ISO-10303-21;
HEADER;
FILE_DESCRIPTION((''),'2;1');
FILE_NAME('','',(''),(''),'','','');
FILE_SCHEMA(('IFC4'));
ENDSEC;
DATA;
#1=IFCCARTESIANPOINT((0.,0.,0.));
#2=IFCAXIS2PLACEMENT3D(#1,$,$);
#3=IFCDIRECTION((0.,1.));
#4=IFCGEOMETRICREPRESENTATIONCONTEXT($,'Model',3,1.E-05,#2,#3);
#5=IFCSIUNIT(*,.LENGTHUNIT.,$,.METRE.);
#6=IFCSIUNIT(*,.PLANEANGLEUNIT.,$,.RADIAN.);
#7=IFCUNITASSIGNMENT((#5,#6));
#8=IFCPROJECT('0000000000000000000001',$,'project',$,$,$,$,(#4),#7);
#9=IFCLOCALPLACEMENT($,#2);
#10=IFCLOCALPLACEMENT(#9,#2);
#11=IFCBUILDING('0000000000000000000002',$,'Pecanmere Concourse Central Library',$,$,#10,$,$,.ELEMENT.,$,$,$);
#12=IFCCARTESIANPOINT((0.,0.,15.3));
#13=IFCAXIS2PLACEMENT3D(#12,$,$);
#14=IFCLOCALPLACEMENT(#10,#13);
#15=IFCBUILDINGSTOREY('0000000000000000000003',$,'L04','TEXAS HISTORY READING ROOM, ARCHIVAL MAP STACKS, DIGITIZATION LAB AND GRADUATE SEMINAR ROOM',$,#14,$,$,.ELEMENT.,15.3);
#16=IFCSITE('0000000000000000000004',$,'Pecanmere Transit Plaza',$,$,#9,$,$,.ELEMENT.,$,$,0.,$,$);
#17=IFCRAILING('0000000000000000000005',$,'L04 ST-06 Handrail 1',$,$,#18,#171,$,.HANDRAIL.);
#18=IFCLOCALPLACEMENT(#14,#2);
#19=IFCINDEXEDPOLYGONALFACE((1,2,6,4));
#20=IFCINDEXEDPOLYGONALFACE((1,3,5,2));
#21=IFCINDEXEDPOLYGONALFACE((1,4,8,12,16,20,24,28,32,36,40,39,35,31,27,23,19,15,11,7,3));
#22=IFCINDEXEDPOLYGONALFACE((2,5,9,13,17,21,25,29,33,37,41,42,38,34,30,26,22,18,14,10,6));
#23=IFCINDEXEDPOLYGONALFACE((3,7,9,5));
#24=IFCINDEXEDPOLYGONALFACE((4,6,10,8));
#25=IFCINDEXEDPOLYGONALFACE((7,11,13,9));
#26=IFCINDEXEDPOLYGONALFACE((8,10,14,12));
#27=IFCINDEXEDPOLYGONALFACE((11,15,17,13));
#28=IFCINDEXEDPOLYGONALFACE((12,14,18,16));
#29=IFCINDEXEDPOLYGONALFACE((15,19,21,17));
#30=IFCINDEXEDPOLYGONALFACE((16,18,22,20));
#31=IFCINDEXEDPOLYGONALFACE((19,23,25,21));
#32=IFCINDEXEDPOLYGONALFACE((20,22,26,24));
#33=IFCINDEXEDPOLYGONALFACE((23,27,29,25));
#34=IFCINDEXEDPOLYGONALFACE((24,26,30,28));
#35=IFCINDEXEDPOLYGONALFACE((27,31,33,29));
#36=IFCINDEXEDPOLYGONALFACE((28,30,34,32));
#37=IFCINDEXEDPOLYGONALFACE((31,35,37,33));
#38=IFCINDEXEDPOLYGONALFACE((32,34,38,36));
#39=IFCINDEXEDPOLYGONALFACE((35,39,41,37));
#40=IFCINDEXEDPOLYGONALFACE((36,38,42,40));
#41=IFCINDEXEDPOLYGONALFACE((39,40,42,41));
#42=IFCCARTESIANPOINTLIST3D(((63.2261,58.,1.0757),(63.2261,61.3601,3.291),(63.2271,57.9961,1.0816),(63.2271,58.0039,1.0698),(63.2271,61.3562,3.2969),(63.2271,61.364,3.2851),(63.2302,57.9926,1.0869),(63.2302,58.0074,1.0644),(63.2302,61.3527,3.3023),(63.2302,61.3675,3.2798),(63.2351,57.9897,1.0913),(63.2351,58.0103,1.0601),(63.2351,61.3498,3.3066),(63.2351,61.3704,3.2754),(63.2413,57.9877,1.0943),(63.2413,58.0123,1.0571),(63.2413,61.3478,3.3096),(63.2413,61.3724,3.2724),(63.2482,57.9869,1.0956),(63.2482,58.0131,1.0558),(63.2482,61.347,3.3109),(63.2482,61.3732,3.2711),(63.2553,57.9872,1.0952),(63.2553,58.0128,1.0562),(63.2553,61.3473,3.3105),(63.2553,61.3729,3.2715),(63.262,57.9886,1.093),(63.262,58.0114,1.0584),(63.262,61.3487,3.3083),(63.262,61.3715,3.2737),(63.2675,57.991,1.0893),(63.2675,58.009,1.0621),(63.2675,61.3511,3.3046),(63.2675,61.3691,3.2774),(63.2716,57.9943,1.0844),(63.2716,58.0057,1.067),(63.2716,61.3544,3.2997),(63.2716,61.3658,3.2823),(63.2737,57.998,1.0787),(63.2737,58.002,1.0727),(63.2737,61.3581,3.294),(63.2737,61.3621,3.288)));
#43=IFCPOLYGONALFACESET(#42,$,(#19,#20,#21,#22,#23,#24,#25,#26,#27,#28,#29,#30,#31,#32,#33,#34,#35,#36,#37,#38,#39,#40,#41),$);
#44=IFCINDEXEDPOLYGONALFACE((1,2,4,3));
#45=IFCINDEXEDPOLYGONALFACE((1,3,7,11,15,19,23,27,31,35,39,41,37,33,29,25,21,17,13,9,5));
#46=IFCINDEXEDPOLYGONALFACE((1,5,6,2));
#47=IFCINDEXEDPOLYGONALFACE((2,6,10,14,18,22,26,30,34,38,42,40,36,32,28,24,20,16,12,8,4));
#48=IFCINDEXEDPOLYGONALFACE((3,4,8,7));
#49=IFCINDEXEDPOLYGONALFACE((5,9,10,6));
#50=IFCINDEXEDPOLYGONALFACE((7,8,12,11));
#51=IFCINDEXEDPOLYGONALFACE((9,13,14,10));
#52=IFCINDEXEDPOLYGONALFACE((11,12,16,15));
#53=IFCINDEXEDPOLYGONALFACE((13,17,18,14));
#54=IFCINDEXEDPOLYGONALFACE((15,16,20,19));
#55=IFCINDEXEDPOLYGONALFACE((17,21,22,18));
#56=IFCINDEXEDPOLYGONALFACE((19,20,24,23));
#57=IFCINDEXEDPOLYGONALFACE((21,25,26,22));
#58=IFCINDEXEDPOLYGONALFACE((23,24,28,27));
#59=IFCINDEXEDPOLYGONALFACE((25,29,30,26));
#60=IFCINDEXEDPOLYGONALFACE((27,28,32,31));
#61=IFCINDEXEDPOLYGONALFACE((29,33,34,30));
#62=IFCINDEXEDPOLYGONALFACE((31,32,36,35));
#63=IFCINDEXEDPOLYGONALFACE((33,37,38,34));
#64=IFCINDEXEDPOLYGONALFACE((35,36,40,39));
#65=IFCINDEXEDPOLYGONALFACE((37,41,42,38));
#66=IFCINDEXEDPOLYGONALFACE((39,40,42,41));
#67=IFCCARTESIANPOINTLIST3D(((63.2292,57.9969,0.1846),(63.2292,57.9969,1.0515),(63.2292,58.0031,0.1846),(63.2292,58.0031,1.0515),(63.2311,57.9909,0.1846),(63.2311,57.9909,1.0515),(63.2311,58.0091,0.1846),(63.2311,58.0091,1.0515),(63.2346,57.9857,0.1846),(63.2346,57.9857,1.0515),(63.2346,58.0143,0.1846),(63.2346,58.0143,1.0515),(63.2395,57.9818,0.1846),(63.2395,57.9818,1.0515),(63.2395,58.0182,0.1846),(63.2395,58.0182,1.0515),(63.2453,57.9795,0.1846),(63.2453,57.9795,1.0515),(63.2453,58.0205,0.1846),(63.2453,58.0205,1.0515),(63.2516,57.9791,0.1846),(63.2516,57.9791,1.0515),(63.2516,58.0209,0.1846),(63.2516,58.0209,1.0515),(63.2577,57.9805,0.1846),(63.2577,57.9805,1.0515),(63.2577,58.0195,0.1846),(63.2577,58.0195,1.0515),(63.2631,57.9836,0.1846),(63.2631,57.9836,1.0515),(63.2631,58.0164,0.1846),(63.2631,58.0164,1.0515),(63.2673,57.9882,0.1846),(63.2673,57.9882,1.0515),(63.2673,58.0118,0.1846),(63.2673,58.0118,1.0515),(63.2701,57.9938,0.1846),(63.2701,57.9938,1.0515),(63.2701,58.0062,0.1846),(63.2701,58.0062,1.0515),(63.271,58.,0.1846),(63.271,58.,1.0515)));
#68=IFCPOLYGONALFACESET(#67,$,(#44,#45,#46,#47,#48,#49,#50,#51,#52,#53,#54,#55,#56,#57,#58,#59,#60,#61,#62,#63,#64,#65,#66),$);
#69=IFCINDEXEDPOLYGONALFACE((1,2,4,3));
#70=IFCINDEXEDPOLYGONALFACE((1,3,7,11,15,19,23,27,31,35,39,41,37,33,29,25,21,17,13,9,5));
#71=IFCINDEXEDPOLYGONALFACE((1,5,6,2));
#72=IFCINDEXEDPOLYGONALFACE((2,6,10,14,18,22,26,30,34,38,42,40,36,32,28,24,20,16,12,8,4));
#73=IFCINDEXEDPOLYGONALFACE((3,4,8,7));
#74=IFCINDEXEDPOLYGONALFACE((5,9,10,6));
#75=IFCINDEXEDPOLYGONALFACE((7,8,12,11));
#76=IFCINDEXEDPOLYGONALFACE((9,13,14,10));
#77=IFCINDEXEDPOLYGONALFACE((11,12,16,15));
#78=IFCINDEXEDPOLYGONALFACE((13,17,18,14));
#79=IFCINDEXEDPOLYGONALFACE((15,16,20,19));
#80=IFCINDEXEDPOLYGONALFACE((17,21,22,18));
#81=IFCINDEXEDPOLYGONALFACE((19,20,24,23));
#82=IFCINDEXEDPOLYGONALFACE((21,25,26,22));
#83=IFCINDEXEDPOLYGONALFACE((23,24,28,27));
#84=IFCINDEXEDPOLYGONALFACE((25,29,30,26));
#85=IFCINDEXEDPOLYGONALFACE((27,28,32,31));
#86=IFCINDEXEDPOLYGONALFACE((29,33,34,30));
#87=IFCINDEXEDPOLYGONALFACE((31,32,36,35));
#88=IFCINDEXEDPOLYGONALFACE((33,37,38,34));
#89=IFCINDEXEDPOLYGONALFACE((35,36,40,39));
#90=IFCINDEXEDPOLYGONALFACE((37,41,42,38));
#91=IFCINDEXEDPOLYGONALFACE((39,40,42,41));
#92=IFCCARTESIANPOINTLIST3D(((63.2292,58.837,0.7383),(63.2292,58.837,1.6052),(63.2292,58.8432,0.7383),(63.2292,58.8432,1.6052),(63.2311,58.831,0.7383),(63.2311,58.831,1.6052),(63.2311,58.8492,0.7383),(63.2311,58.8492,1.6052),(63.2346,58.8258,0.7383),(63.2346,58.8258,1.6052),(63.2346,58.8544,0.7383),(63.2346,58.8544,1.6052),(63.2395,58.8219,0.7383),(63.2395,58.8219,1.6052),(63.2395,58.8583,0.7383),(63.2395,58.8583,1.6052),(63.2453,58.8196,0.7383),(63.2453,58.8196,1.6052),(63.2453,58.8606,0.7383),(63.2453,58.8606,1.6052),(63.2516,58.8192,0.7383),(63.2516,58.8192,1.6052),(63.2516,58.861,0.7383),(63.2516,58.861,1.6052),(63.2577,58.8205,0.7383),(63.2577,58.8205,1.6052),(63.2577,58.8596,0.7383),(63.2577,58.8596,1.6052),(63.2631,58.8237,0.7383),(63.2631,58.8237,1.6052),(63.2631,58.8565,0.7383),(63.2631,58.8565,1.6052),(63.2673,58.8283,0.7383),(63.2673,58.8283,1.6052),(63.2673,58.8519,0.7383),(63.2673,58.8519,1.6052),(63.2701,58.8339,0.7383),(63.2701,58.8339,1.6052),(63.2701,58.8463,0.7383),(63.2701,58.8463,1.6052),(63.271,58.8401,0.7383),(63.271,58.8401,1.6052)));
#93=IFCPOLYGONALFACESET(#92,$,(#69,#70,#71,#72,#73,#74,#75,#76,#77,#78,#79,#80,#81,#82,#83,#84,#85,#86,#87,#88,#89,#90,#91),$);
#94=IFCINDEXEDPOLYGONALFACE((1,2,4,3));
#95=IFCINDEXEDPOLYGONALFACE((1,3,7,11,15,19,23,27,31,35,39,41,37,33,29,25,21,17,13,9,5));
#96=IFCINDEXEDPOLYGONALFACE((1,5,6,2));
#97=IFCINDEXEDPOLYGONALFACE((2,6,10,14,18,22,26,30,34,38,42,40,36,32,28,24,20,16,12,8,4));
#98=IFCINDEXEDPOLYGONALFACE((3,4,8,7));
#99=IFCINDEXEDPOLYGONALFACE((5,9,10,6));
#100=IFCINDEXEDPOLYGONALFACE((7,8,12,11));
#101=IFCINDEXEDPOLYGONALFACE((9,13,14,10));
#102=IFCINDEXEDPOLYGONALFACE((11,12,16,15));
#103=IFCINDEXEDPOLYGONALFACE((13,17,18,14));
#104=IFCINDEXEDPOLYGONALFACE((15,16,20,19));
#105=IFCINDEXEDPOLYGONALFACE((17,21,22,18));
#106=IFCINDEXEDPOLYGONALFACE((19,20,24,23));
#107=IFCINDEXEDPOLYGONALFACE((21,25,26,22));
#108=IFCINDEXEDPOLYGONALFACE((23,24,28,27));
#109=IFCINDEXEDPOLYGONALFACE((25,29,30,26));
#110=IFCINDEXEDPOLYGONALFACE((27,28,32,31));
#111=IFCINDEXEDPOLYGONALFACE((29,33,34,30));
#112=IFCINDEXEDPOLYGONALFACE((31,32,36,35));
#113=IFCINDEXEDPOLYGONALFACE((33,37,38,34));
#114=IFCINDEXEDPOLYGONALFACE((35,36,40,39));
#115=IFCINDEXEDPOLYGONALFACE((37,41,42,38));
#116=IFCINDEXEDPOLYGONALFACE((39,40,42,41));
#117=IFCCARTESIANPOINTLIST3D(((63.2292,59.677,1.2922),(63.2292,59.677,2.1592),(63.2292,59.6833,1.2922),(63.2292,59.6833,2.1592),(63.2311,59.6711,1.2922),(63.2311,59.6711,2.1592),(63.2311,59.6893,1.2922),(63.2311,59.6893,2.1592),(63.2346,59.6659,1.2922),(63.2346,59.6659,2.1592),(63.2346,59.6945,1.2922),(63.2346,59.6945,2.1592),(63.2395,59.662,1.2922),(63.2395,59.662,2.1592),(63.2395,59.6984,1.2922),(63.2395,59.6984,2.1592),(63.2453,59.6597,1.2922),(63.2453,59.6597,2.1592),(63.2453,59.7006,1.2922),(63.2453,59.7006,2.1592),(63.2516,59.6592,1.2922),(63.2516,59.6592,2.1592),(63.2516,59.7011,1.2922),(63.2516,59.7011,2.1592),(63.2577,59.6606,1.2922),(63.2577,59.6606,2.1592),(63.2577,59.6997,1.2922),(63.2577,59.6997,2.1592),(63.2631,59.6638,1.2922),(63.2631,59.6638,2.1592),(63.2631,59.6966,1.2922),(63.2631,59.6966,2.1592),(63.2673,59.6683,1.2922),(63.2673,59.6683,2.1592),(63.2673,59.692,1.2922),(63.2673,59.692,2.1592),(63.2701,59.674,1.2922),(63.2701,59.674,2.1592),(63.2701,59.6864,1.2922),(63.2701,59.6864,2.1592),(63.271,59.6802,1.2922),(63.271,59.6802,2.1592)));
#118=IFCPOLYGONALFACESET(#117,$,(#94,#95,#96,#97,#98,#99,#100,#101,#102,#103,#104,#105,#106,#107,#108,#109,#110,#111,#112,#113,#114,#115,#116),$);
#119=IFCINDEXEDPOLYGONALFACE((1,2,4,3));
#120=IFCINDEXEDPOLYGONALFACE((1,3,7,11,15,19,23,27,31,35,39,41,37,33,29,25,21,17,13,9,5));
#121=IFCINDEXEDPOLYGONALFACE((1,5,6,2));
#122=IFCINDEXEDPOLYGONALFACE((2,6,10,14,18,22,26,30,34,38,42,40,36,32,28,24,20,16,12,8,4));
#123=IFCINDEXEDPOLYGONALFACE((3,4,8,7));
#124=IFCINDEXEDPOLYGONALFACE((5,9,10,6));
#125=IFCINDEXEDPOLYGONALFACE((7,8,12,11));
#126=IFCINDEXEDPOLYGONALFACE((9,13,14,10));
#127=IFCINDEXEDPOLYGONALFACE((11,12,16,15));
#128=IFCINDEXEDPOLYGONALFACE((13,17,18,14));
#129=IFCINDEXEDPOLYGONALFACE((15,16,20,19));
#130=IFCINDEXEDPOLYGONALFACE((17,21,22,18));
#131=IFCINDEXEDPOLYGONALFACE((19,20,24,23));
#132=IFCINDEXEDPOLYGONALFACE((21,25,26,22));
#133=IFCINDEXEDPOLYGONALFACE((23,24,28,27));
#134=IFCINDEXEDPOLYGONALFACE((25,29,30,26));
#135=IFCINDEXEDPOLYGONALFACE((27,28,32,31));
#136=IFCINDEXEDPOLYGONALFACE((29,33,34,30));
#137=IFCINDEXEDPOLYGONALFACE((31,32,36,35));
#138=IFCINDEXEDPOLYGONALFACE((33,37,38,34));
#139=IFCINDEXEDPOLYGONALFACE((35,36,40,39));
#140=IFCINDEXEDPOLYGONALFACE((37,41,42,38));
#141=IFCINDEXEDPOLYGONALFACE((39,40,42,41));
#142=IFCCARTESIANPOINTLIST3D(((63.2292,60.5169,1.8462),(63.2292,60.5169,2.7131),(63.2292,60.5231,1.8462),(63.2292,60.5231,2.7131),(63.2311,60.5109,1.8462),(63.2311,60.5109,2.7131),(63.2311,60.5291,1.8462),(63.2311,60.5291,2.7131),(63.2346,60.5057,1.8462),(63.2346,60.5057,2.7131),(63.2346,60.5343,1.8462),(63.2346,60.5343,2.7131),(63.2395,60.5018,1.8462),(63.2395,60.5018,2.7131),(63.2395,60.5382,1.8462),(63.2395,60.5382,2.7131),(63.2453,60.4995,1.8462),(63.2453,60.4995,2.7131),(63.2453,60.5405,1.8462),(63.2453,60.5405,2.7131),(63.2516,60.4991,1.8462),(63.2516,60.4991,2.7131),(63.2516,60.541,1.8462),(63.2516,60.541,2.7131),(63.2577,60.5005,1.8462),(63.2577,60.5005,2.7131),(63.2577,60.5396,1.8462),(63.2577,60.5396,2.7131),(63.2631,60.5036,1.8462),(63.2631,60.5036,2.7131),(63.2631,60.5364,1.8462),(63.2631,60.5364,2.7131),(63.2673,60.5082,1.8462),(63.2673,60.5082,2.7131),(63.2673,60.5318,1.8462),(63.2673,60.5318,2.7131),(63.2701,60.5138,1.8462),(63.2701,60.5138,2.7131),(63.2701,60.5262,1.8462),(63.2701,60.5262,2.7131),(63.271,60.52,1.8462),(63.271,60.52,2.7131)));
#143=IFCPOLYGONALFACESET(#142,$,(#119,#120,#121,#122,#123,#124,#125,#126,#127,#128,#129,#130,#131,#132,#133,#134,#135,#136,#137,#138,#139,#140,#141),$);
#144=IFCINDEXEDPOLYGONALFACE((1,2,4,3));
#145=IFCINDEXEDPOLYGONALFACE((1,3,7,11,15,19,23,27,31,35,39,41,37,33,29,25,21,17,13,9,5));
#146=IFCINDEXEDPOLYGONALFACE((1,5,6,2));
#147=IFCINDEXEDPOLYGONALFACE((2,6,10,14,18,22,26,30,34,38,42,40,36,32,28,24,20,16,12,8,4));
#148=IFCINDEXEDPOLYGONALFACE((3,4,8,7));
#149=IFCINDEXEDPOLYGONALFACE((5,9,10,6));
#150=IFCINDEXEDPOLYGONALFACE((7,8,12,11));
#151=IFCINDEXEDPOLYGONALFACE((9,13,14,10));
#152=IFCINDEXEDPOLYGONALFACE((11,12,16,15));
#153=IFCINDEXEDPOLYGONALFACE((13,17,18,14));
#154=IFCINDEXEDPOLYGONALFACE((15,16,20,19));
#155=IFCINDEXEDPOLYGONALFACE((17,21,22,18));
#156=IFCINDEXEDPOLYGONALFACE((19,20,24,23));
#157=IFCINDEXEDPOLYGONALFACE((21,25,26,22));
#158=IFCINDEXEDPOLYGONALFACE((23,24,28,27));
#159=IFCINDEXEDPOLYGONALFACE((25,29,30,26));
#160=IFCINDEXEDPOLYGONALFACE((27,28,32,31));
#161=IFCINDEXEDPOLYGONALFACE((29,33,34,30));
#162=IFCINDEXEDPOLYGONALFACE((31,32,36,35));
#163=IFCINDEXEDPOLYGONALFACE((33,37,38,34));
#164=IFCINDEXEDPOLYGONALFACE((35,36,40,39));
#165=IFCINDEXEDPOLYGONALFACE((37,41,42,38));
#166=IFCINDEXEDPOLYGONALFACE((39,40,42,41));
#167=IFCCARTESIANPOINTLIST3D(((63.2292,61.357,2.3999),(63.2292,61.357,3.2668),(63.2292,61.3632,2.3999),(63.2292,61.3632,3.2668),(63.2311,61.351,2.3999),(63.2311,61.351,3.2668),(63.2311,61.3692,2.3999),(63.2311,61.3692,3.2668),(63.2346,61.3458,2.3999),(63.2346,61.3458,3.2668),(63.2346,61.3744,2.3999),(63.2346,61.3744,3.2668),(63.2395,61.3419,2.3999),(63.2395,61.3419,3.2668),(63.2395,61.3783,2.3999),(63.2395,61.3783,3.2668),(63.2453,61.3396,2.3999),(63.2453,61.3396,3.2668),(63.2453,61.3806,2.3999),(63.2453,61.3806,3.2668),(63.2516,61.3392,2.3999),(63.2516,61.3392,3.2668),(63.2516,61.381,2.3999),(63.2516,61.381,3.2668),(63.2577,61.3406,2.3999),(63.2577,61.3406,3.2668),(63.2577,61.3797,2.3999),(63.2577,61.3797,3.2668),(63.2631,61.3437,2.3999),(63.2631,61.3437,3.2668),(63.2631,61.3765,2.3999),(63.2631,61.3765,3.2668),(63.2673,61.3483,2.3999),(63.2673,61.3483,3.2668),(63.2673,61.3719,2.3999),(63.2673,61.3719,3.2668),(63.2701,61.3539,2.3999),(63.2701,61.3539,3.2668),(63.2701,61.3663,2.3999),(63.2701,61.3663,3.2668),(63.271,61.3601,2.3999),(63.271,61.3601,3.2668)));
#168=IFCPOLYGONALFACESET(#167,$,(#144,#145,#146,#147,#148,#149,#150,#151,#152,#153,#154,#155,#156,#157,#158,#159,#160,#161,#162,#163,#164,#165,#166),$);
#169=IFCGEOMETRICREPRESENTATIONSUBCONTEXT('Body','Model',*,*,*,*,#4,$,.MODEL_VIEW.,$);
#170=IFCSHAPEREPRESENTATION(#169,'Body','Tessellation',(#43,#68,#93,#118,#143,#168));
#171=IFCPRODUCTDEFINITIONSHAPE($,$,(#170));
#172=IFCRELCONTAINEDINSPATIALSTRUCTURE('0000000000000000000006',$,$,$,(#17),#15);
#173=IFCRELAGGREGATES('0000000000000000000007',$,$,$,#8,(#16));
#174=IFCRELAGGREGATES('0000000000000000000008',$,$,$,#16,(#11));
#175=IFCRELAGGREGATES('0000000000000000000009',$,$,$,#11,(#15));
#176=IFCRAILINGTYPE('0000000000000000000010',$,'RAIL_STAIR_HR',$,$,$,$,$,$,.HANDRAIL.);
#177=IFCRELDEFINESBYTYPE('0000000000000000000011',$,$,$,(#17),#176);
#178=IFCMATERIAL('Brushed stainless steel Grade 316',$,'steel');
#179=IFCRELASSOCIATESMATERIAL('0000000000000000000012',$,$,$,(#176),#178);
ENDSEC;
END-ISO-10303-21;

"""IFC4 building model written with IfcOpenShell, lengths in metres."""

from ifc_helpers import new_model, si_unit, direction, frame, origin, origin_2d, place, context, subcontext, project, spatial, circle, extrude, material, type_object, element, save


model = new_model("IFC4")

# Units and contexts
model_context = context("Model", 3, precision=1e-05, world=origin(), true_north=direction((0.0, 1.0)))
body_context = subcontext(model_context, "Body", "Model", "MODEL_VIEW")
ifc_project = project(units=[si_unit("LENGTHUNIT", "METRE"), si_unit("PLANEANGLEUNIT", "RADIAN")], contexts=[model_context])

# Site, building, storey
site_placement = place(None, origin())
site = spatial("IfcSite", under=ifc_project, at=site_placement, Name="Pecanmere Transit Plaza", CompositionType="ELEMENT", RefElevation=0.0)
building_placement = place(site_placement, origin())
building = spatial("IfcBuilding", under=site, at=building_placement, Name="Pecanmere Concourse Central Library", CompositionType="ELEMENT")
storey_placement = place(building_placement, frame((0.0, 0.0, 15.3)))
storey = spatial("IfcBuildingStorey", under=building, at=storey_placement, Name="L04", Description="TEXAS HISTORY READING ROOM, ARCHIVAL MAP STACKS, DIGITIZATION LAB AND GRADUATE SEMINAR ROOM", CompositionType="ELEMENT", Elevation=15.3)

# Railing
ifc_material_1 = material(Name="Brushed stainless steel Grade 316", Category="steel")
railing_type_1 = type_object("IfcRailingType", Name="RAIL_STAIR_HR", PredefinedType="HANDRAIL", material=ifc_material_1)
railing_1_placement = place(storey_placement, frame((63.25, 58.0, 0.1846)))
element("IfcRailing", 1, at=railing_1_placement, inside=storey, type_object=railing_type_1, Name="L04 ST-06 Handrail 1", PredefinedType="HANDRAIL", context=body_context, shape_type="SweptSolid", body=[
    extrude(circle(Radius=0.0239, at=origin_2d()), frame((0.0, 0.0, 0.8911), z_axis=(0.0, 0.834876, 0.550437), x_axis=(-1.0, 0.0, 0.0)), (0.0, 0.0, 1.0), 4.0247),
    extrude(circle(Radius=0.021, at=origin_2d()), origin(), (0.0, 0.0, 1.0), 0.8669),
    extrude(circle(Radius=0.021, at=origin_2d()), frame((0.0, 0.8401, 0.5537)), (0.0, 0.0, 1.0), 0.8669),
    extrude(circle(Radius=0.021, at=origin_2d()), frame((0.0, 1.6802, 1.1077)), (0.0, 0.0, 1.0), 0.8669),
    extrude(circle(Radius=0.021, at=origin_2d()), frame((0.0, 2.52, 1.6616)), (0.0, 0.0, 1.0), 0.8669),
    extrude(circle(Radius=0.021, at=origin_2d()), frame((0.0, 3.3601, 2.2153)), (0.0, 0.0, 1.0), 0.8669),
])

save(model, "model.ifc")
